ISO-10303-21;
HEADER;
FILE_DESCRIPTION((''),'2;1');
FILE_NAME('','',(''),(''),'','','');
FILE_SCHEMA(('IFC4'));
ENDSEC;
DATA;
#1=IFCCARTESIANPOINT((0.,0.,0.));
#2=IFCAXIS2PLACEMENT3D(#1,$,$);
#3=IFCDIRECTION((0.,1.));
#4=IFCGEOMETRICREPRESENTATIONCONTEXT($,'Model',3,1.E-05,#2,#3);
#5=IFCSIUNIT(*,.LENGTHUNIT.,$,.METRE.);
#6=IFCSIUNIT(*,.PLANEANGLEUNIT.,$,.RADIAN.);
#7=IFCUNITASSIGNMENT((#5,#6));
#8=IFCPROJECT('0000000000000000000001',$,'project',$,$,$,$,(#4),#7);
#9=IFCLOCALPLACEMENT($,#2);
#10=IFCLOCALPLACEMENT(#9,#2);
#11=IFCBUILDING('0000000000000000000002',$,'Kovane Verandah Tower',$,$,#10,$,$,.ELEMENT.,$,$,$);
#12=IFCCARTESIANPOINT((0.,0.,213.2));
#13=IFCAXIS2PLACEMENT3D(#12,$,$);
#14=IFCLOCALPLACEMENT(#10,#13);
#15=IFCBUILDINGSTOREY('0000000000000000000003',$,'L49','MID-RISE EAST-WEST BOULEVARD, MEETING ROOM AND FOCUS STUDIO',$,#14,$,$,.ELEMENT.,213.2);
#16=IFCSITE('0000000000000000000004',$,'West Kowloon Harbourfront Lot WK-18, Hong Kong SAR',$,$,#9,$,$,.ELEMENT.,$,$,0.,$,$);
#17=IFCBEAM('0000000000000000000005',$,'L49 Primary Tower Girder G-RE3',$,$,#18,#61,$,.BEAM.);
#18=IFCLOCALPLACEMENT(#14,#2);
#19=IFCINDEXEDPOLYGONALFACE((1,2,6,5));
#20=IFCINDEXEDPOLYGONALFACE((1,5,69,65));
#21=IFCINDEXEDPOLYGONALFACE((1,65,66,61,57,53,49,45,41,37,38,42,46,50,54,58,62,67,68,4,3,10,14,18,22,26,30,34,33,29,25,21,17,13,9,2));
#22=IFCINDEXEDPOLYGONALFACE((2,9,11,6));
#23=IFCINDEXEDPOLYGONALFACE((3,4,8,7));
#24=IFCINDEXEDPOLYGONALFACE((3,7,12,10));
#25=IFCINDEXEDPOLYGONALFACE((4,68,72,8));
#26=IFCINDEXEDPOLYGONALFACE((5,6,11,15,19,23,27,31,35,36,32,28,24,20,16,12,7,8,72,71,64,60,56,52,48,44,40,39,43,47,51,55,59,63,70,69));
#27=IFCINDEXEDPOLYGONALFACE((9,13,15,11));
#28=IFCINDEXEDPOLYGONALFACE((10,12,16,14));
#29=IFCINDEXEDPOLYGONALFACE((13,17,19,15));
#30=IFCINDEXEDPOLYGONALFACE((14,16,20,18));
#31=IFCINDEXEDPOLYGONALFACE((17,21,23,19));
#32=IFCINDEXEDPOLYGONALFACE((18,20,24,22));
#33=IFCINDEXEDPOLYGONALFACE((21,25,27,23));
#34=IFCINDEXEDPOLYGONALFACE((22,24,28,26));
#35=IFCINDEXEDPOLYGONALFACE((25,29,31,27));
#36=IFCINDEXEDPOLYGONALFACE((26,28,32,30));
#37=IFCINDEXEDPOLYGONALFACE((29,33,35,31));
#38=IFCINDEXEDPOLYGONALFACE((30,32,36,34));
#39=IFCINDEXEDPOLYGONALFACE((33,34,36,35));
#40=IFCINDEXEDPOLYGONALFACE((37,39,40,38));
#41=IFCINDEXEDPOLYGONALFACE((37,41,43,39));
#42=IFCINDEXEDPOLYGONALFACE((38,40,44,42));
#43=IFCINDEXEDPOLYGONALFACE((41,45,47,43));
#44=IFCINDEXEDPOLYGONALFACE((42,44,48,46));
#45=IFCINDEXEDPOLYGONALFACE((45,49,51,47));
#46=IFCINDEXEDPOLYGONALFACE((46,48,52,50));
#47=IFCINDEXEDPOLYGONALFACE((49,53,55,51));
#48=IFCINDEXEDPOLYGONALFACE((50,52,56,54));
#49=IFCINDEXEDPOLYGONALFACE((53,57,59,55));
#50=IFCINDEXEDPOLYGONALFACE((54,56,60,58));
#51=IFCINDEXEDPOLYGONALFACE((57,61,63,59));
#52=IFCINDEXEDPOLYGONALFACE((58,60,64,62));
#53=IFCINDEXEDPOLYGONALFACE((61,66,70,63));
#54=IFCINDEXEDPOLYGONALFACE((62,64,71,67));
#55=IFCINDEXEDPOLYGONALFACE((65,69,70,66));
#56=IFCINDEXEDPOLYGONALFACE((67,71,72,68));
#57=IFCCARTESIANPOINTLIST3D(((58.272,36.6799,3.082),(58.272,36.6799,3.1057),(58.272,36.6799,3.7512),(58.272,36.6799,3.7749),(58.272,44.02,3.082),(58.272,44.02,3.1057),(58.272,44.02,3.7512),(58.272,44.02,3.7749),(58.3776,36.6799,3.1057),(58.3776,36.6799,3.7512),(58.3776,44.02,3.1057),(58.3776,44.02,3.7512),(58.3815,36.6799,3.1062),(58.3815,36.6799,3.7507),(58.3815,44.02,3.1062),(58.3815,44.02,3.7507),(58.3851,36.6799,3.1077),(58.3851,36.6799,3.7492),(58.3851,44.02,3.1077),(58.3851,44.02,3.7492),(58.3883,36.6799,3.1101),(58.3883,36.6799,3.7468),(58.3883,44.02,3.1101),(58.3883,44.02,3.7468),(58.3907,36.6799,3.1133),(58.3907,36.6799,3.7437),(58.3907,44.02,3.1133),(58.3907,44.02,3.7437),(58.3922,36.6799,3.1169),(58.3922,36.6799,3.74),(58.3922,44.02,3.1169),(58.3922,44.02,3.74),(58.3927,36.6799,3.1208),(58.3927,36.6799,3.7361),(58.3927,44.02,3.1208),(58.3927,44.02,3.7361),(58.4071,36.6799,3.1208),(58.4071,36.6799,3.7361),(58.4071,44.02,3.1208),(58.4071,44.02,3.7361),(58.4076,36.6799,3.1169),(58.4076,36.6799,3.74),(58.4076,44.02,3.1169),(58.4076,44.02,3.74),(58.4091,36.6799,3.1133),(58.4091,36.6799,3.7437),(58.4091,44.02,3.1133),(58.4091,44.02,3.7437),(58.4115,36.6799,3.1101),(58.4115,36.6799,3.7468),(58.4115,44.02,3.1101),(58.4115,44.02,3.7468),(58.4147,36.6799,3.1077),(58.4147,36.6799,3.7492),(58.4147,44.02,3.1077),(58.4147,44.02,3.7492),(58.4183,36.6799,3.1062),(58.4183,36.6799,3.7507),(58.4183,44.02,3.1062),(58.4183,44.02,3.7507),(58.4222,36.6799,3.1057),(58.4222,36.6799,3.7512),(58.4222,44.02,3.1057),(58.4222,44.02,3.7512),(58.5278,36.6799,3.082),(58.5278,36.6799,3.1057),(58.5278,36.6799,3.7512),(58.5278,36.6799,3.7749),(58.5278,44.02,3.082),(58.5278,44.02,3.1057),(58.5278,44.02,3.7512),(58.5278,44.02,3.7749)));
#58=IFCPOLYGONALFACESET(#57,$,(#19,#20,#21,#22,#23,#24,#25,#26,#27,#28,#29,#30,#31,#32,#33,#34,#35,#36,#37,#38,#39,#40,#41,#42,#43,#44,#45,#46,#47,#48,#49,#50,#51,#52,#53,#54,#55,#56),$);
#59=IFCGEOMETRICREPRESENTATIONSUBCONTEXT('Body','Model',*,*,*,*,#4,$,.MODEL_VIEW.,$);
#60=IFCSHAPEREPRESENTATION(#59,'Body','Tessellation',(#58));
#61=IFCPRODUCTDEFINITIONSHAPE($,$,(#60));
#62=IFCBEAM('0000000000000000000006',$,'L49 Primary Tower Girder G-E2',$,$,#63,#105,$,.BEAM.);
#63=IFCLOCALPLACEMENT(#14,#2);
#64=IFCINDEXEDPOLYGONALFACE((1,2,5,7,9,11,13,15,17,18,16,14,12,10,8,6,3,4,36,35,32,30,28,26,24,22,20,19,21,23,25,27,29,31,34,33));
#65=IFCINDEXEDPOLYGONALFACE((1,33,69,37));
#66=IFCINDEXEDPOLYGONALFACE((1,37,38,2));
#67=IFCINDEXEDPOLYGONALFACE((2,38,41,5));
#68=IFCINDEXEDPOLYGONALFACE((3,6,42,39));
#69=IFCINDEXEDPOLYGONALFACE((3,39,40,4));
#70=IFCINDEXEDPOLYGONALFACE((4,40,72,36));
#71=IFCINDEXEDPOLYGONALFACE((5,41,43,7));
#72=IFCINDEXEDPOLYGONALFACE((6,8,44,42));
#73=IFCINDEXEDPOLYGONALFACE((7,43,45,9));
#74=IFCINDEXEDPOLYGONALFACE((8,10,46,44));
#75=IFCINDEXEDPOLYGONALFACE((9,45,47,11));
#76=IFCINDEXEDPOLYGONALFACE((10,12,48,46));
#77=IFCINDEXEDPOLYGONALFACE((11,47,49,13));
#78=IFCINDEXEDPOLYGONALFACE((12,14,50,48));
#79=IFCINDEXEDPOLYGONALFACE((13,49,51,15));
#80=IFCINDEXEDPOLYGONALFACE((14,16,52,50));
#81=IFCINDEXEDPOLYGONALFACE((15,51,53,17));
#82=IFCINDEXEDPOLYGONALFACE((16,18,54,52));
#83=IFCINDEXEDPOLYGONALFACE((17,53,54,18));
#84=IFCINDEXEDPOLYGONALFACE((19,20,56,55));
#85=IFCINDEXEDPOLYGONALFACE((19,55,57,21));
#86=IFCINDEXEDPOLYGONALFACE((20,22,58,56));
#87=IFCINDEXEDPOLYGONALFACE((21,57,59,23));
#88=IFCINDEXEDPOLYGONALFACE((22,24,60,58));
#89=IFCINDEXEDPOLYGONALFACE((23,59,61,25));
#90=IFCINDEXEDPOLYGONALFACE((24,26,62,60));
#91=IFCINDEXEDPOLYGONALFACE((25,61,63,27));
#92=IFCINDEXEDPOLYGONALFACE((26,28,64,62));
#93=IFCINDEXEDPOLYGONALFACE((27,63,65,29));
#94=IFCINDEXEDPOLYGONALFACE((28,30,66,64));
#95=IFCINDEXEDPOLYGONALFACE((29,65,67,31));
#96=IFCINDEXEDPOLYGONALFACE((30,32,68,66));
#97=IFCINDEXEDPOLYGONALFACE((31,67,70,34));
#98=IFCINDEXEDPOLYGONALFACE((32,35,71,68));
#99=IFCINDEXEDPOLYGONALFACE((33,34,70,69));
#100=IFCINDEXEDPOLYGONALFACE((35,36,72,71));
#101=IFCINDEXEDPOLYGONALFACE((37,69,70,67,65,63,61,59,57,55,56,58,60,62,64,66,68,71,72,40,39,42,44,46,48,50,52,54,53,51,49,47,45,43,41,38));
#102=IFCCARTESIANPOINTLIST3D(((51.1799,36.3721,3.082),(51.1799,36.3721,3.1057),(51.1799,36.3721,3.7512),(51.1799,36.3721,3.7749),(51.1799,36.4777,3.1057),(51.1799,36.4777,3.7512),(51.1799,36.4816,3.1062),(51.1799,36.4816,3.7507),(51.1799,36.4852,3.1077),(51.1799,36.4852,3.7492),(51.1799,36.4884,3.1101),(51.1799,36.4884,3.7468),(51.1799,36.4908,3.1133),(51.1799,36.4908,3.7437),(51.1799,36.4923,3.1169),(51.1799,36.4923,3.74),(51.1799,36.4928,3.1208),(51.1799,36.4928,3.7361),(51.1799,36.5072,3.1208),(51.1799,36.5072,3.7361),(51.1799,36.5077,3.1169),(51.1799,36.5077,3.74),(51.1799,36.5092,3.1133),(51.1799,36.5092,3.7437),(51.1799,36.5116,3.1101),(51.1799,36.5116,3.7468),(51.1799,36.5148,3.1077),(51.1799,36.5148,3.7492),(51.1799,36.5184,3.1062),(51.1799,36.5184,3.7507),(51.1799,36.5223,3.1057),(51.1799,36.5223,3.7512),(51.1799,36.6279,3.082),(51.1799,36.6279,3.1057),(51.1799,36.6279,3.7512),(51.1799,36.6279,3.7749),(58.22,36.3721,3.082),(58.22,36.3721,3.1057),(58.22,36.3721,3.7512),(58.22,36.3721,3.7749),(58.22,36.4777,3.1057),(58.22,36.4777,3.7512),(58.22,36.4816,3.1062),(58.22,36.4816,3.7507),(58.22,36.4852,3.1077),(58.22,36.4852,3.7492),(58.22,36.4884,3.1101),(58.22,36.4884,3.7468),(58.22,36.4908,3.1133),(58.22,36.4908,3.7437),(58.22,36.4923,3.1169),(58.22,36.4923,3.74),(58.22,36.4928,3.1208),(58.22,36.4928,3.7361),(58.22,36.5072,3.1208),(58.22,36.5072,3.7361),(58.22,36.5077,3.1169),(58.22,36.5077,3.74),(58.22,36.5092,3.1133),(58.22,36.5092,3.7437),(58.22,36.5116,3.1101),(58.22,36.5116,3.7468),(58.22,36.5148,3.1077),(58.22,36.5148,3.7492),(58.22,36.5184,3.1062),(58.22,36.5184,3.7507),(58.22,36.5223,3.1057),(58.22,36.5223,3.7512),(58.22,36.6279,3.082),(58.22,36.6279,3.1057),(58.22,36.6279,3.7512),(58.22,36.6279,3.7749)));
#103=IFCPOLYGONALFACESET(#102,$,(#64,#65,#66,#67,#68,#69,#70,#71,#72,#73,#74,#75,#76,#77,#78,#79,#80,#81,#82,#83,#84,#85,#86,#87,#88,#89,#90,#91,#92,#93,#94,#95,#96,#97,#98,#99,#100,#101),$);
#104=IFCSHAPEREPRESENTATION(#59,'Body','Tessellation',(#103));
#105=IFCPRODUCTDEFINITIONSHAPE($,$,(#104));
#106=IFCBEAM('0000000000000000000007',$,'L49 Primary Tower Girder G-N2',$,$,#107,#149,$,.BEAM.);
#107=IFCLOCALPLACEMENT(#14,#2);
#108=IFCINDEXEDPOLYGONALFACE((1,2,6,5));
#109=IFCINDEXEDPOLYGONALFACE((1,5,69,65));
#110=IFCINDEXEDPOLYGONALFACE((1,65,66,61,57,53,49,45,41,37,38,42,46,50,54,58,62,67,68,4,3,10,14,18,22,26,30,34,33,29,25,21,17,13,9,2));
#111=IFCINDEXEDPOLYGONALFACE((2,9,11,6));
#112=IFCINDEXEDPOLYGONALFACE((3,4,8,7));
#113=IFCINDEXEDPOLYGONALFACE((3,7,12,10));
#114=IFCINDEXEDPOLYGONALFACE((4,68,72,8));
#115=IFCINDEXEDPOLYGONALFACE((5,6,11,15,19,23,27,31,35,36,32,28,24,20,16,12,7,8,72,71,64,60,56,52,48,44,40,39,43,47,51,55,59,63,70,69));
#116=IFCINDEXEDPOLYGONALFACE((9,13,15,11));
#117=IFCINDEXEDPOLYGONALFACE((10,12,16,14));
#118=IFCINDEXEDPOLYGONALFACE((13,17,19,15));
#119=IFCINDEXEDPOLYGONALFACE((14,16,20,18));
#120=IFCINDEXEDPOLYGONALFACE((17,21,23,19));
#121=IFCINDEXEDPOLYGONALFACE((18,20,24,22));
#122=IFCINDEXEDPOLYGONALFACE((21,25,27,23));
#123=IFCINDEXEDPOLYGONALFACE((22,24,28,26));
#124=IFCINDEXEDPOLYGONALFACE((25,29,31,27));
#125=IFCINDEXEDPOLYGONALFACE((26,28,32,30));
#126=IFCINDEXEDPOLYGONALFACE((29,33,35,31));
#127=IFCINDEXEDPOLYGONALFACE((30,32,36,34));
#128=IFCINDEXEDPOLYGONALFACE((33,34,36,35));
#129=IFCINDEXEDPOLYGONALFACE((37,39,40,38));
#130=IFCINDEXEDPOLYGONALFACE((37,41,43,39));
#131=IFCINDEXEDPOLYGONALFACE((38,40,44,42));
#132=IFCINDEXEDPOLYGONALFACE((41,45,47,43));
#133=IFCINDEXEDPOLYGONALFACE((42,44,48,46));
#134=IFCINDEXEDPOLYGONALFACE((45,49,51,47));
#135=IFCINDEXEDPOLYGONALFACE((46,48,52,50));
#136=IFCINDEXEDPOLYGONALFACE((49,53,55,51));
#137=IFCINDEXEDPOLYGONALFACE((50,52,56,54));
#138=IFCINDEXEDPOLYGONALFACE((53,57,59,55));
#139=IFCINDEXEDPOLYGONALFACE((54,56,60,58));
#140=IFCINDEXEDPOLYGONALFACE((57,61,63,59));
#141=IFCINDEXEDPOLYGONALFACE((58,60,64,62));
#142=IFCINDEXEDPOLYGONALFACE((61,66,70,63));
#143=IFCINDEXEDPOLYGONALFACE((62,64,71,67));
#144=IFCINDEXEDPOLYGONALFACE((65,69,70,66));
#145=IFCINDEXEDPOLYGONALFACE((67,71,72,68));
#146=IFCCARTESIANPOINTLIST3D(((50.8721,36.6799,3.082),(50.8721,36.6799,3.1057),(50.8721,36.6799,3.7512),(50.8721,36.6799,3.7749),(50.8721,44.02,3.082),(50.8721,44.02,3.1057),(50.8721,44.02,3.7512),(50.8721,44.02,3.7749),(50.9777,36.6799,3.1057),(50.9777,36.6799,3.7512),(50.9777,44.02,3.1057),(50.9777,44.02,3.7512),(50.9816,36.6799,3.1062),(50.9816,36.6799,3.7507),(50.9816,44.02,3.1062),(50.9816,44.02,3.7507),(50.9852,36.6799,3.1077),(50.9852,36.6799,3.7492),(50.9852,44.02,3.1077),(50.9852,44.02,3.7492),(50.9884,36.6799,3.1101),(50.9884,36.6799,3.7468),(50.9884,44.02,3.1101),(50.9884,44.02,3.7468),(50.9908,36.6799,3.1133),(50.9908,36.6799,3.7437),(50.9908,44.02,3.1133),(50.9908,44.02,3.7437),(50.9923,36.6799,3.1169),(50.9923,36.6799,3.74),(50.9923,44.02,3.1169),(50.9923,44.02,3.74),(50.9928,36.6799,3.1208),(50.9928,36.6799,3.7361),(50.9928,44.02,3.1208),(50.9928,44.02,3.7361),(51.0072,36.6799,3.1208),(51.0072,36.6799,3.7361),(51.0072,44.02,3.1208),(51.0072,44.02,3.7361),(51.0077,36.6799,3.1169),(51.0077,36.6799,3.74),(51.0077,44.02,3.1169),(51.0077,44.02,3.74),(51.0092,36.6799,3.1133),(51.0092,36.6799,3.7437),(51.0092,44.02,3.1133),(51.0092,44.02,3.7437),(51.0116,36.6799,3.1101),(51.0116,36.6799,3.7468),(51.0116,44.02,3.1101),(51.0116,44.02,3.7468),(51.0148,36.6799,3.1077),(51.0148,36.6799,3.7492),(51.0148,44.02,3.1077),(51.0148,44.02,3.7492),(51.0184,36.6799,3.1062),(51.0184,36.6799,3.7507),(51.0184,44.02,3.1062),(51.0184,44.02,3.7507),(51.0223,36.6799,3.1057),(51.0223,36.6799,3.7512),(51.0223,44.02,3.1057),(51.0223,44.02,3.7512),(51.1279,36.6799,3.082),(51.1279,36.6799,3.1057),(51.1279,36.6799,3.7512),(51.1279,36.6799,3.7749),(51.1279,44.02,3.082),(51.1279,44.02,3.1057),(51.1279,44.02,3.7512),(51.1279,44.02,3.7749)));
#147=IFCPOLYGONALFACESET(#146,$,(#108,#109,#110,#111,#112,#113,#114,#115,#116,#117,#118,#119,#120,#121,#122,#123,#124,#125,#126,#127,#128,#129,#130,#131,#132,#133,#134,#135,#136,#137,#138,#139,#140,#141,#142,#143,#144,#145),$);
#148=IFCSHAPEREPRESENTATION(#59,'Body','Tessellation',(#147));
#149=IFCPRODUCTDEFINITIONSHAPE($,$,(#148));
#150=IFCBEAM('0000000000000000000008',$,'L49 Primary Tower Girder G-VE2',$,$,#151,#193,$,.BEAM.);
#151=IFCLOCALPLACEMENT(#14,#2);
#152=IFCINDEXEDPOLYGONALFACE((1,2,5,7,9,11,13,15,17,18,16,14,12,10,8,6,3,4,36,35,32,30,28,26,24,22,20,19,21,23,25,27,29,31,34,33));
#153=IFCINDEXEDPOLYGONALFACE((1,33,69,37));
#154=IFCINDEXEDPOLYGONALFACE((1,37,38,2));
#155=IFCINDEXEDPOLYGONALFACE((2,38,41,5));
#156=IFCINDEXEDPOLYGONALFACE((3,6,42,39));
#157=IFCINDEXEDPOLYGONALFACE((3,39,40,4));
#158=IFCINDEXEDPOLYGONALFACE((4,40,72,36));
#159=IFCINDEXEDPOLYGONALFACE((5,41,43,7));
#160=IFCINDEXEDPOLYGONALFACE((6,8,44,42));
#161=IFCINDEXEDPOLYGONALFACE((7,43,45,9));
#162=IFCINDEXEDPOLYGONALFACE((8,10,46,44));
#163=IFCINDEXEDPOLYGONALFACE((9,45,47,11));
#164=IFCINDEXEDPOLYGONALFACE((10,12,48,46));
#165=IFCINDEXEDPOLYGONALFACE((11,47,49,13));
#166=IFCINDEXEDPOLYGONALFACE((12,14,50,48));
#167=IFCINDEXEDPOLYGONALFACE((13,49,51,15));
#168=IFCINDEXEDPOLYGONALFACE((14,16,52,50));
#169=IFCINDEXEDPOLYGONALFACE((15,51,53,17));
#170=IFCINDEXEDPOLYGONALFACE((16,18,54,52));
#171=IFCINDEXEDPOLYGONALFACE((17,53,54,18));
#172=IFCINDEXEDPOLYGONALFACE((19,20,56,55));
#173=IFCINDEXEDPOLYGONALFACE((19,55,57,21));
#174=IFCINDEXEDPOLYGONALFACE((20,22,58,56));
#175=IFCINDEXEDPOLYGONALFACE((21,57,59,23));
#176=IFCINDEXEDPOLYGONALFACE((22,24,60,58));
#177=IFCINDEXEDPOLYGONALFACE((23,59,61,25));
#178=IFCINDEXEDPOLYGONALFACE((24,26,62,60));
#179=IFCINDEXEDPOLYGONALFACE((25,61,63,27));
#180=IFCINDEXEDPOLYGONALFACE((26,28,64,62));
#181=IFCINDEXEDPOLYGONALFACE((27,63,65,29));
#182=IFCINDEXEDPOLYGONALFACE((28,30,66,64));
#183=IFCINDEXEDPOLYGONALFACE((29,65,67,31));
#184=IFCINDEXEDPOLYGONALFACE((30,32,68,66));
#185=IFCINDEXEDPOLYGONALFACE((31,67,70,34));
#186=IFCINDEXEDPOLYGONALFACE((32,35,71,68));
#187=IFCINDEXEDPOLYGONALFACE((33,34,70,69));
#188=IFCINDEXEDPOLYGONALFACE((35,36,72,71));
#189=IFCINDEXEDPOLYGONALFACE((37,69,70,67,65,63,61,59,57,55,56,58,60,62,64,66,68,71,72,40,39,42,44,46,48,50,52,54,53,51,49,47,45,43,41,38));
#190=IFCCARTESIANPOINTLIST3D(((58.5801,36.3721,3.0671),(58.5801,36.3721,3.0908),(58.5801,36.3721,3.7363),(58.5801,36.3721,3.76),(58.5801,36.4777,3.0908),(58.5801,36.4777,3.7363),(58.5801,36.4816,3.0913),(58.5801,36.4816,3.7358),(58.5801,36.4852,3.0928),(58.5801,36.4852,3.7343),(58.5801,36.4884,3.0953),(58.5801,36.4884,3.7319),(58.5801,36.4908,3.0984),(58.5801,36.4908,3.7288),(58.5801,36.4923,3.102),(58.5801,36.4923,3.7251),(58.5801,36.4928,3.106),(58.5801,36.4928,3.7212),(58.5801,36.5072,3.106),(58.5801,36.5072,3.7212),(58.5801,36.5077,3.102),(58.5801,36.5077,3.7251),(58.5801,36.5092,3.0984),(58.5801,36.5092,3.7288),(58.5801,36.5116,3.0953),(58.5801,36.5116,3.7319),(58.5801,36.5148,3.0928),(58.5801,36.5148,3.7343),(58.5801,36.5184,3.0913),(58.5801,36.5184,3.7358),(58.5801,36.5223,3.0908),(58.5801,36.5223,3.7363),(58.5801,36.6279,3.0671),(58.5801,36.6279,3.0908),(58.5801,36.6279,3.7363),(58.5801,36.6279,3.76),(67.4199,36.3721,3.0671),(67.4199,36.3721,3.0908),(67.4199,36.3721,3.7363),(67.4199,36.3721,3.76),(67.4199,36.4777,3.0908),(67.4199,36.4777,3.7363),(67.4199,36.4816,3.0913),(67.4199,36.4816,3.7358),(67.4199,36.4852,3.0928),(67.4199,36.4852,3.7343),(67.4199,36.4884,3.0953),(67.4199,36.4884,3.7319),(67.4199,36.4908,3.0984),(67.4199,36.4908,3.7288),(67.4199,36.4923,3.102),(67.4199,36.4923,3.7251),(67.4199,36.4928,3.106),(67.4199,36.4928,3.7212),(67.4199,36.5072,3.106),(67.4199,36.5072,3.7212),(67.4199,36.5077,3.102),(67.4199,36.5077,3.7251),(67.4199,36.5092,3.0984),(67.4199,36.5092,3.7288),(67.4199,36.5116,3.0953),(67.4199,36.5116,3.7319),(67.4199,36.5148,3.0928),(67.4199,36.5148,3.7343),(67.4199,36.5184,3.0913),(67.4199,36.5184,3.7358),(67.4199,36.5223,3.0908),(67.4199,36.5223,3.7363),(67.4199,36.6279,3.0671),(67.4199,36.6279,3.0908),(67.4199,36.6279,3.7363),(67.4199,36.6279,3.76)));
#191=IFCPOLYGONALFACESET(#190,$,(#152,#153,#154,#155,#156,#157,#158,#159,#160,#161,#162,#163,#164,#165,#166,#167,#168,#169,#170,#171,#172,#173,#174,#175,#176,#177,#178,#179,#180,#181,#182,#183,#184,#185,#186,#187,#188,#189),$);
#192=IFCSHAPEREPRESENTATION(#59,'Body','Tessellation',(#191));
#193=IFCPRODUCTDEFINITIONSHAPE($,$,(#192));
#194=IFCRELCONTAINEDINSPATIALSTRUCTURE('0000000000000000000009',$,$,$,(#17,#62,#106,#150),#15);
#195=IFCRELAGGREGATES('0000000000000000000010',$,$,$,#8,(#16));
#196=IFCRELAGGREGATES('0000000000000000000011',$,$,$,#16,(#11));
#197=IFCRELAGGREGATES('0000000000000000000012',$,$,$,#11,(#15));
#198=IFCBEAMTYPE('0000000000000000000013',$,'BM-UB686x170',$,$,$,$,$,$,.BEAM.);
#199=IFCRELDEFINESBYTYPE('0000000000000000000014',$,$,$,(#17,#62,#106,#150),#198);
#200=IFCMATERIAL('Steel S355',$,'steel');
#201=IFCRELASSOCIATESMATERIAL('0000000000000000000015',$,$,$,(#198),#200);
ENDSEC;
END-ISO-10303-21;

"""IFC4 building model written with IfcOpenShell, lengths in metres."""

from ifc_helpers import new_model, si_unit, direction, frame, origin, origin_2d, place, context, subcontext, project, spatial, i_section, extrude, material, material_profile, profile_set, type_object, element, save


model = new_model("IFC4")

# Units and contexts
model_context = context("Model", 3, precision=1e-05, world=origin(), true_north=direction((0.0, 1.0)))
body_context = subcontext(model_context, "Body", "Model", "MODEL_VIEW")
ifc_project = project(units=[si_unit("LENGTHUNIT", "METRE"), si_unit("PLANEANGLEUNIT", "RADIAN")], contexts=[model_context])

# Site, building, storey
site_placement = place(None, origin())
site = spatial("IfcSite", under=ifc_project, at=site_placement, Name="West Kowloon Harbourfront Lot WK-18, Hong Kong SAR", CompositionType="ELEMENT", RefElevation=0.0)
building_placement = place(site_placement, origin())
building = spatial("IfcBuilding", under=site, at=building_placement, Name="Kovane Verandah Tower", CompositionType="ELEMENT")
storey_placement = place(building_placement, frame((0.0, 0.0, 213.2)))
storey = spatial("IfcBuildingStorey", under=building, at=storey_placement, Name="L49", Description="MID-RISE EAST-WEST BOULEVARD, MEETING ROOM AND FOCUS STUDIO", CompositionType="ELEMENT", Elevation=213.2)

# Beams
ifc_material_1 = material(Name="Steel S355", Category="steel")
ifc_material_profile_1 = material_profile(ifc_material_1, i_section(OverallWidth=0.2559, OverallDepth=0.6929, WebThickness=0.0144, FlangeThickness=0.0237, FilletRadius=0.0151, at=origin_2d()), Name="UB686x254x170")
ifc_profile_set_1 = profile_set([ifc_material_profile_1], Name="Steel S355")
beam_type_1 = type_object("IfcBeamType", Name="BM-UB686x170", PredefinedType="BEAM", material=ifc_profile_set_1)
beam_1_placement = place(storey_placement, frame((58.3999, 36.6799, 3.4285), z_axis=(0.0, 1.0, 0.0), x_axis=(-1.0, 0.0, 0.0)))
element("IfcBeam", 1, at=beam_1_placement, inside=storey, type_object=beam_type_1, Name="L49 Primary Tower Girder G-RE3", PredefinedType="BEAM", context=body_context, shape_type="SweptSolid", body=[
    extrude(i_section(OverallWidth=0.2559, OverallDepth=0.6929, WebThickness=0.0144, FlangeThickness=0.0237, FilletRadius=0.0151, at=origin_2d()), origin(), (0.0, 0.0, 1.0), 7.3401),
])
beam_2_placement = place(storey_placement, frame((51.1799, 36.5, 3.4285), z_axis=(1.0, 0.0, 0.0), x_axis=(0.0, 1.0, 0.0)))
element("IfcBeam", 2, at=beam_2_placement, inside=storey, type_object=beam_type_1, Name="L49 Primary Tower Girder G-E2", PredefinedType="BEAM", context=body_context, shape_type="SweptSolid", body=[
    extrude(i_section(OverallWidth=0.2559, OverallDepth=0.6929, WebThickness=0.0144, FlangeThickness=0.0237, FilletRadius=0.0151, at=origin_2d()), origin(), (0.0, 0.0, 1.0), 7.04),
])
beam_3_placement = place(storey_placement, frame((51.0, 36.6799, 3.4285), z_axis=(0.0, 1.0, 0.0), x_axis=(-1.0, 0.0, 0.0)))
element("IfcBeam", 3, at=beam_3_placement, inside=storey, type_object=beam_type_1, Name="L49 Primary Tower Girder G-N2", PredefinedType="BEAM", context=body_context, shape_type="SweptSolid", body=[
    extrude(i_section(OverallWidth=0.2559, OverallDepth=0.6929, WebThickness=0.0144, FlangeThickness=0.0237, FilletRadius=0.0151, at=origin_2d()), origin(), (0.0, 0.0, 1.0), 7.3401),
])
beam_4_placement = place(storey_placement, frame((58.5801, 36.5, 3.4136), z_axis=(1.0, 0.0, 0.0), x_axis=(0.0, 1.0, 0.0)))
element("IfcBeam", 4, at=beam_4_placement, inside=storey, type_object=beam_type_1, Name="L49 Primary Tower Girder G-VE2", PredefinedType="BEAM", context=body_context, shape_type="SweptSolid", body=[
    extrude(i_section(OverallWidth=0.2559, OverallDepth=0.6929, WebThickness=0.0144, FlangeThickness=0.0237, FilletRadius=0.0151, at=origin_2d()), origin(), (0.0, 0.0, 1.0), 8.8398),
])

save(model, "model.ifc")
